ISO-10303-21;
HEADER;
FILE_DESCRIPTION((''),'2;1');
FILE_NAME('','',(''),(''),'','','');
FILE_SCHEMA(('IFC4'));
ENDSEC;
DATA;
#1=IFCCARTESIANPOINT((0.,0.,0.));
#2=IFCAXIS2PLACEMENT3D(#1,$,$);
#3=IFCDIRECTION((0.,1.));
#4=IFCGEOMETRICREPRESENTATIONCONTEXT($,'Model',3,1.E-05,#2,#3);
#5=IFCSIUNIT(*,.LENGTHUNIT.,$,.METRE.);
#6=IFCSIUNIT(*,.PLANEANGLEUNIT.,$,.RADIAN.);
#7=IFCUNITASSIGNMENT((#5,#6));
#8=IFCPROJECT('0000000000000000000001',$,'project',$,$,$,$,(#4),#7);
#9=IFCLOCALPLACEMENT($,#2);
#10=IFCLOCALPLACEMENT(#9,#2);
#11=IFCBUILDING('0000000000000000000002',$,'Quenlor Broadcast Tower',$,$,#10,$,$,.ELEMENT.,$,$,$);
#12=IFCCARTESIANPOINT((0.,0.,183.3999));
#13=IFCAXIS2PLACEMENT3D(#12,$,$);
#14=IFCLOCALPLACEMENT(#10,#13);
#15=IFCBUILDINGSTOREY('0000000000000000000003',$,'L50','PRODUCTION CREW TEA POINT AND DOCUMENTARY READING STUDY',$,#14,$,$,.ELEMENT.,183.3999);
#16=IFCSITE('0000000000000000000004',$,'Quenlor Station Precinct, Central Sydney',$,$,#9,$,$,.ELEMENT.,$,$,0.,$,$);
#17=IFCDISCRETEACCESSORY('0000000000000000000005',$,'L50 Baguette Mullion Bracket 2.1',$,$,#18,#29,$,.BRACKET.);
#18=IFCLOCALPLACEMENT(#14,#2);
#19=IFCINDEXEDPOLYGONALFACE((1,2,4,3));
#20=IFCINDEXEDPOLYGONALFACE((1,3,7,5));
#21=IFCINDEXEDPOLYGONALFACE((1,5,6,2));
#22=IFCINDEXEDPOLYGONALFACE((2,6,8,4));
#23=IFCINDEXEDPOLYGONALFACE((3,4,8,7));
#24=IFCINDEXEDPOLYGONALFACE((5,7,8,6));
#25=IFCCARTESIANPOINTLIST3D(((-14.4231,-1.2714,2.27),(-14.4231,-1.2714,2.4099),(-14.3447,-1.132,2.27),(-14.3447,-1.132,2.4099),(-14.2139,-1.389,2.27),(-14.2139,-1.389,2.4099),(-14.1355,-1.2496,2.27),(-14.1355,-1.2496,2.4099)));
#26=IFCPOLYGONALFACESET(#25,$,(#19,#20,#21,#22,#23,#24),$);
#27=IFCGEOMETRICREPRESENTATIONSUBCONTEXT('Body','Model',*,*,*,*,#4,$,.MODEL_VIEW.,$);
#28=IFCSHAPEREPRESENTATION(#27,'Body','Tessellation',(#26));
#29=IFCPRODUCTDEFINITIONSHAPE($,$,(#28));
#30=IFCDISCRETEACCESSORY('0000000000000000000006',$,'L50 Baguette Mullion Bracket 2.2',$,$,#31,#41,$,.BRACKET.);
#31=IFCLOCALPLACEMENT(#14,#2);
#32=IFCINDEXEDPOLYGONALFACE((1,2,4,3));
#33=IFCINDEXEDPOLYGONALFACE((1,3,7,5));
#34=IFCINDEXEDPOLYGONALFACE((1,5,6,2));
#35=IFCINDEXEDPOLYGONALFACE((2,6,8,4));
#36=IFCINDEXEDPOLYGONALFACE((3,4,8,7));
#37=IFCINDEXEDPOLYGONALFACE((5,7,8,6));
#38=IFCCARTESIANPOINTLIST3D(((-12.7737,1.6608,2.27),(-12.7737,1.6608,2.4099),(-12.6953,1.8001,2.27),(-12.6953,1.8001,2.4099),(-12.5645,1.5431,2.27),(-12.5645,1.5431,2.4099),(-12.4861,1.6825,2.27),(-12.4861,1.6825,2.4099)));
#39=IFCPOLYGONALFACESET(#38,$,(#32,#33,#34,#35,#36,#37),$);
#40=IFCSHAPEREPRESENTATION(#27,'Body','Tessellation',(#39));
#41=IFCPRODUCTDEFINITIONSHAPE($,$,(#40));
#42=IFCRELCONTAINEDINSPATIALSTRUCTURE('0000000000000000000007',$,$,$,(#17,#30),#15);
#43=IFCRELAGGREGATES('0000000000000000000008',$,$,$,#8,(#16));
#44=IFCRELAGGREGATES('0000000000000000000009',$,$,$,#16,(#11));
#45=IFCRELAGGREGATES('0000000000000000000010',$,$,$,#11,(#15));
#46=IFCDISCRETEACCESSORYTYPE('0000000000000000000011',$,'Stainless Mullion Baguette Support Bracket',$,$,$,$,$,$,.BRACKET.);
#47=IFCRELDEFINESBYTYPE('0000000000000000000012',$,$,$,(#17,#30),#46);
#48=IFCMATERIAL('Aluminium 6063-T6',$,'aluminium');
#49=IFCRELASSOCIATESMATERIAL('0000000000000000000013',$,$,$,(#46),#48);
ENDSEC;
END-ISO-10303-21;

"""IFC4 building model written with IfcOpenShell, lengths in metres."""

from ifc_helpers import new_model, si_unit, direction, frame, origin, origin_2d, place, context, subcontext, project, spatial, rectangle, extrude, material, type_object, element, save


model = new_model("IFC4")

# Units and contexts
model_context = context("Model", 3, precision=1e-05, world=origin(), true_north=direction((0.0, 1.0)))
body_context = subcontext(model_context, "Body", "Model", "MODEL_VIEW")
ifc_project = project(units=[si_unit("LENGTHUNIT", "METRE"), si_unit("PLANEANGLEUNIT", "RADIAN")], contexts=[model_context])

# Site, building, storey
site_placement = place(None, origin())
site = spatial("IfcSite", under=ifc_project, at=site_placement, Name="Quenlor Station Precinct, Central Sydney", CompositionType="ELEMENT", RefElevation=0.0)
building_placement = place(site_placement, origin())
building = spatial("IfcBuilding", under=site, at=building_placement, Name="Quenlor Broadcast Tower", CompositionType="ELEMENT")
storey_placement = place(building_placement, frame((0.0, 0.0, 183.3999)))
storey = spatial("IfcBuildingStorey", under=building, at=storey_placement, Name="L50", Description="PRODUCTION CREW TEA POINT AND DOCUMENTARY READING STUDY", CompositionType="ELEMENT", Elevation=183.3999)

# Discrete accessories
ifc_material_1 = material(Name="Aluminium 6063-T6", Category="aluminium")
discrete_accessory_type = type_object("IfcDiscreteAccessoryType", Name="Stainless Mullion Baguette Support Bracket", PredefinedType="BRACKET", material=ifc_material_1)
for number, where, z_axis, x_axis, name in (
    (1, (-14.2793, -1.2605, 2.27), (0.0, 0.0, 1.0), (0.490257, 0.871578, 0.0), "L50 Baguette Mullion Bracket 2.1"),
    (2, (-12.6299, 1.6716, 2.27), (0.0, 0.0, 1.0), (0.490257, 0.871578, 0.0), "L50 Baguette Mullion Bracket 2.2"),
):
    element("IfcDiscreteAccessory", number, at=place(storey_placement, frame(where, z_axis=z_axis, x_axis=x_axis)), inside=storey, type_object=discrete_accessory_type, Name=name, PredefinedType="BRACKET", context=body_context, shape_type="SweptSolid", body=[
        extrude(rectangle(XDim=0.1599, YDim=0.24, at=origin_2d()), origin(), (0.0, 0.0, 1.0), 0.1399),
    ])

save(model, "model.ifc")
